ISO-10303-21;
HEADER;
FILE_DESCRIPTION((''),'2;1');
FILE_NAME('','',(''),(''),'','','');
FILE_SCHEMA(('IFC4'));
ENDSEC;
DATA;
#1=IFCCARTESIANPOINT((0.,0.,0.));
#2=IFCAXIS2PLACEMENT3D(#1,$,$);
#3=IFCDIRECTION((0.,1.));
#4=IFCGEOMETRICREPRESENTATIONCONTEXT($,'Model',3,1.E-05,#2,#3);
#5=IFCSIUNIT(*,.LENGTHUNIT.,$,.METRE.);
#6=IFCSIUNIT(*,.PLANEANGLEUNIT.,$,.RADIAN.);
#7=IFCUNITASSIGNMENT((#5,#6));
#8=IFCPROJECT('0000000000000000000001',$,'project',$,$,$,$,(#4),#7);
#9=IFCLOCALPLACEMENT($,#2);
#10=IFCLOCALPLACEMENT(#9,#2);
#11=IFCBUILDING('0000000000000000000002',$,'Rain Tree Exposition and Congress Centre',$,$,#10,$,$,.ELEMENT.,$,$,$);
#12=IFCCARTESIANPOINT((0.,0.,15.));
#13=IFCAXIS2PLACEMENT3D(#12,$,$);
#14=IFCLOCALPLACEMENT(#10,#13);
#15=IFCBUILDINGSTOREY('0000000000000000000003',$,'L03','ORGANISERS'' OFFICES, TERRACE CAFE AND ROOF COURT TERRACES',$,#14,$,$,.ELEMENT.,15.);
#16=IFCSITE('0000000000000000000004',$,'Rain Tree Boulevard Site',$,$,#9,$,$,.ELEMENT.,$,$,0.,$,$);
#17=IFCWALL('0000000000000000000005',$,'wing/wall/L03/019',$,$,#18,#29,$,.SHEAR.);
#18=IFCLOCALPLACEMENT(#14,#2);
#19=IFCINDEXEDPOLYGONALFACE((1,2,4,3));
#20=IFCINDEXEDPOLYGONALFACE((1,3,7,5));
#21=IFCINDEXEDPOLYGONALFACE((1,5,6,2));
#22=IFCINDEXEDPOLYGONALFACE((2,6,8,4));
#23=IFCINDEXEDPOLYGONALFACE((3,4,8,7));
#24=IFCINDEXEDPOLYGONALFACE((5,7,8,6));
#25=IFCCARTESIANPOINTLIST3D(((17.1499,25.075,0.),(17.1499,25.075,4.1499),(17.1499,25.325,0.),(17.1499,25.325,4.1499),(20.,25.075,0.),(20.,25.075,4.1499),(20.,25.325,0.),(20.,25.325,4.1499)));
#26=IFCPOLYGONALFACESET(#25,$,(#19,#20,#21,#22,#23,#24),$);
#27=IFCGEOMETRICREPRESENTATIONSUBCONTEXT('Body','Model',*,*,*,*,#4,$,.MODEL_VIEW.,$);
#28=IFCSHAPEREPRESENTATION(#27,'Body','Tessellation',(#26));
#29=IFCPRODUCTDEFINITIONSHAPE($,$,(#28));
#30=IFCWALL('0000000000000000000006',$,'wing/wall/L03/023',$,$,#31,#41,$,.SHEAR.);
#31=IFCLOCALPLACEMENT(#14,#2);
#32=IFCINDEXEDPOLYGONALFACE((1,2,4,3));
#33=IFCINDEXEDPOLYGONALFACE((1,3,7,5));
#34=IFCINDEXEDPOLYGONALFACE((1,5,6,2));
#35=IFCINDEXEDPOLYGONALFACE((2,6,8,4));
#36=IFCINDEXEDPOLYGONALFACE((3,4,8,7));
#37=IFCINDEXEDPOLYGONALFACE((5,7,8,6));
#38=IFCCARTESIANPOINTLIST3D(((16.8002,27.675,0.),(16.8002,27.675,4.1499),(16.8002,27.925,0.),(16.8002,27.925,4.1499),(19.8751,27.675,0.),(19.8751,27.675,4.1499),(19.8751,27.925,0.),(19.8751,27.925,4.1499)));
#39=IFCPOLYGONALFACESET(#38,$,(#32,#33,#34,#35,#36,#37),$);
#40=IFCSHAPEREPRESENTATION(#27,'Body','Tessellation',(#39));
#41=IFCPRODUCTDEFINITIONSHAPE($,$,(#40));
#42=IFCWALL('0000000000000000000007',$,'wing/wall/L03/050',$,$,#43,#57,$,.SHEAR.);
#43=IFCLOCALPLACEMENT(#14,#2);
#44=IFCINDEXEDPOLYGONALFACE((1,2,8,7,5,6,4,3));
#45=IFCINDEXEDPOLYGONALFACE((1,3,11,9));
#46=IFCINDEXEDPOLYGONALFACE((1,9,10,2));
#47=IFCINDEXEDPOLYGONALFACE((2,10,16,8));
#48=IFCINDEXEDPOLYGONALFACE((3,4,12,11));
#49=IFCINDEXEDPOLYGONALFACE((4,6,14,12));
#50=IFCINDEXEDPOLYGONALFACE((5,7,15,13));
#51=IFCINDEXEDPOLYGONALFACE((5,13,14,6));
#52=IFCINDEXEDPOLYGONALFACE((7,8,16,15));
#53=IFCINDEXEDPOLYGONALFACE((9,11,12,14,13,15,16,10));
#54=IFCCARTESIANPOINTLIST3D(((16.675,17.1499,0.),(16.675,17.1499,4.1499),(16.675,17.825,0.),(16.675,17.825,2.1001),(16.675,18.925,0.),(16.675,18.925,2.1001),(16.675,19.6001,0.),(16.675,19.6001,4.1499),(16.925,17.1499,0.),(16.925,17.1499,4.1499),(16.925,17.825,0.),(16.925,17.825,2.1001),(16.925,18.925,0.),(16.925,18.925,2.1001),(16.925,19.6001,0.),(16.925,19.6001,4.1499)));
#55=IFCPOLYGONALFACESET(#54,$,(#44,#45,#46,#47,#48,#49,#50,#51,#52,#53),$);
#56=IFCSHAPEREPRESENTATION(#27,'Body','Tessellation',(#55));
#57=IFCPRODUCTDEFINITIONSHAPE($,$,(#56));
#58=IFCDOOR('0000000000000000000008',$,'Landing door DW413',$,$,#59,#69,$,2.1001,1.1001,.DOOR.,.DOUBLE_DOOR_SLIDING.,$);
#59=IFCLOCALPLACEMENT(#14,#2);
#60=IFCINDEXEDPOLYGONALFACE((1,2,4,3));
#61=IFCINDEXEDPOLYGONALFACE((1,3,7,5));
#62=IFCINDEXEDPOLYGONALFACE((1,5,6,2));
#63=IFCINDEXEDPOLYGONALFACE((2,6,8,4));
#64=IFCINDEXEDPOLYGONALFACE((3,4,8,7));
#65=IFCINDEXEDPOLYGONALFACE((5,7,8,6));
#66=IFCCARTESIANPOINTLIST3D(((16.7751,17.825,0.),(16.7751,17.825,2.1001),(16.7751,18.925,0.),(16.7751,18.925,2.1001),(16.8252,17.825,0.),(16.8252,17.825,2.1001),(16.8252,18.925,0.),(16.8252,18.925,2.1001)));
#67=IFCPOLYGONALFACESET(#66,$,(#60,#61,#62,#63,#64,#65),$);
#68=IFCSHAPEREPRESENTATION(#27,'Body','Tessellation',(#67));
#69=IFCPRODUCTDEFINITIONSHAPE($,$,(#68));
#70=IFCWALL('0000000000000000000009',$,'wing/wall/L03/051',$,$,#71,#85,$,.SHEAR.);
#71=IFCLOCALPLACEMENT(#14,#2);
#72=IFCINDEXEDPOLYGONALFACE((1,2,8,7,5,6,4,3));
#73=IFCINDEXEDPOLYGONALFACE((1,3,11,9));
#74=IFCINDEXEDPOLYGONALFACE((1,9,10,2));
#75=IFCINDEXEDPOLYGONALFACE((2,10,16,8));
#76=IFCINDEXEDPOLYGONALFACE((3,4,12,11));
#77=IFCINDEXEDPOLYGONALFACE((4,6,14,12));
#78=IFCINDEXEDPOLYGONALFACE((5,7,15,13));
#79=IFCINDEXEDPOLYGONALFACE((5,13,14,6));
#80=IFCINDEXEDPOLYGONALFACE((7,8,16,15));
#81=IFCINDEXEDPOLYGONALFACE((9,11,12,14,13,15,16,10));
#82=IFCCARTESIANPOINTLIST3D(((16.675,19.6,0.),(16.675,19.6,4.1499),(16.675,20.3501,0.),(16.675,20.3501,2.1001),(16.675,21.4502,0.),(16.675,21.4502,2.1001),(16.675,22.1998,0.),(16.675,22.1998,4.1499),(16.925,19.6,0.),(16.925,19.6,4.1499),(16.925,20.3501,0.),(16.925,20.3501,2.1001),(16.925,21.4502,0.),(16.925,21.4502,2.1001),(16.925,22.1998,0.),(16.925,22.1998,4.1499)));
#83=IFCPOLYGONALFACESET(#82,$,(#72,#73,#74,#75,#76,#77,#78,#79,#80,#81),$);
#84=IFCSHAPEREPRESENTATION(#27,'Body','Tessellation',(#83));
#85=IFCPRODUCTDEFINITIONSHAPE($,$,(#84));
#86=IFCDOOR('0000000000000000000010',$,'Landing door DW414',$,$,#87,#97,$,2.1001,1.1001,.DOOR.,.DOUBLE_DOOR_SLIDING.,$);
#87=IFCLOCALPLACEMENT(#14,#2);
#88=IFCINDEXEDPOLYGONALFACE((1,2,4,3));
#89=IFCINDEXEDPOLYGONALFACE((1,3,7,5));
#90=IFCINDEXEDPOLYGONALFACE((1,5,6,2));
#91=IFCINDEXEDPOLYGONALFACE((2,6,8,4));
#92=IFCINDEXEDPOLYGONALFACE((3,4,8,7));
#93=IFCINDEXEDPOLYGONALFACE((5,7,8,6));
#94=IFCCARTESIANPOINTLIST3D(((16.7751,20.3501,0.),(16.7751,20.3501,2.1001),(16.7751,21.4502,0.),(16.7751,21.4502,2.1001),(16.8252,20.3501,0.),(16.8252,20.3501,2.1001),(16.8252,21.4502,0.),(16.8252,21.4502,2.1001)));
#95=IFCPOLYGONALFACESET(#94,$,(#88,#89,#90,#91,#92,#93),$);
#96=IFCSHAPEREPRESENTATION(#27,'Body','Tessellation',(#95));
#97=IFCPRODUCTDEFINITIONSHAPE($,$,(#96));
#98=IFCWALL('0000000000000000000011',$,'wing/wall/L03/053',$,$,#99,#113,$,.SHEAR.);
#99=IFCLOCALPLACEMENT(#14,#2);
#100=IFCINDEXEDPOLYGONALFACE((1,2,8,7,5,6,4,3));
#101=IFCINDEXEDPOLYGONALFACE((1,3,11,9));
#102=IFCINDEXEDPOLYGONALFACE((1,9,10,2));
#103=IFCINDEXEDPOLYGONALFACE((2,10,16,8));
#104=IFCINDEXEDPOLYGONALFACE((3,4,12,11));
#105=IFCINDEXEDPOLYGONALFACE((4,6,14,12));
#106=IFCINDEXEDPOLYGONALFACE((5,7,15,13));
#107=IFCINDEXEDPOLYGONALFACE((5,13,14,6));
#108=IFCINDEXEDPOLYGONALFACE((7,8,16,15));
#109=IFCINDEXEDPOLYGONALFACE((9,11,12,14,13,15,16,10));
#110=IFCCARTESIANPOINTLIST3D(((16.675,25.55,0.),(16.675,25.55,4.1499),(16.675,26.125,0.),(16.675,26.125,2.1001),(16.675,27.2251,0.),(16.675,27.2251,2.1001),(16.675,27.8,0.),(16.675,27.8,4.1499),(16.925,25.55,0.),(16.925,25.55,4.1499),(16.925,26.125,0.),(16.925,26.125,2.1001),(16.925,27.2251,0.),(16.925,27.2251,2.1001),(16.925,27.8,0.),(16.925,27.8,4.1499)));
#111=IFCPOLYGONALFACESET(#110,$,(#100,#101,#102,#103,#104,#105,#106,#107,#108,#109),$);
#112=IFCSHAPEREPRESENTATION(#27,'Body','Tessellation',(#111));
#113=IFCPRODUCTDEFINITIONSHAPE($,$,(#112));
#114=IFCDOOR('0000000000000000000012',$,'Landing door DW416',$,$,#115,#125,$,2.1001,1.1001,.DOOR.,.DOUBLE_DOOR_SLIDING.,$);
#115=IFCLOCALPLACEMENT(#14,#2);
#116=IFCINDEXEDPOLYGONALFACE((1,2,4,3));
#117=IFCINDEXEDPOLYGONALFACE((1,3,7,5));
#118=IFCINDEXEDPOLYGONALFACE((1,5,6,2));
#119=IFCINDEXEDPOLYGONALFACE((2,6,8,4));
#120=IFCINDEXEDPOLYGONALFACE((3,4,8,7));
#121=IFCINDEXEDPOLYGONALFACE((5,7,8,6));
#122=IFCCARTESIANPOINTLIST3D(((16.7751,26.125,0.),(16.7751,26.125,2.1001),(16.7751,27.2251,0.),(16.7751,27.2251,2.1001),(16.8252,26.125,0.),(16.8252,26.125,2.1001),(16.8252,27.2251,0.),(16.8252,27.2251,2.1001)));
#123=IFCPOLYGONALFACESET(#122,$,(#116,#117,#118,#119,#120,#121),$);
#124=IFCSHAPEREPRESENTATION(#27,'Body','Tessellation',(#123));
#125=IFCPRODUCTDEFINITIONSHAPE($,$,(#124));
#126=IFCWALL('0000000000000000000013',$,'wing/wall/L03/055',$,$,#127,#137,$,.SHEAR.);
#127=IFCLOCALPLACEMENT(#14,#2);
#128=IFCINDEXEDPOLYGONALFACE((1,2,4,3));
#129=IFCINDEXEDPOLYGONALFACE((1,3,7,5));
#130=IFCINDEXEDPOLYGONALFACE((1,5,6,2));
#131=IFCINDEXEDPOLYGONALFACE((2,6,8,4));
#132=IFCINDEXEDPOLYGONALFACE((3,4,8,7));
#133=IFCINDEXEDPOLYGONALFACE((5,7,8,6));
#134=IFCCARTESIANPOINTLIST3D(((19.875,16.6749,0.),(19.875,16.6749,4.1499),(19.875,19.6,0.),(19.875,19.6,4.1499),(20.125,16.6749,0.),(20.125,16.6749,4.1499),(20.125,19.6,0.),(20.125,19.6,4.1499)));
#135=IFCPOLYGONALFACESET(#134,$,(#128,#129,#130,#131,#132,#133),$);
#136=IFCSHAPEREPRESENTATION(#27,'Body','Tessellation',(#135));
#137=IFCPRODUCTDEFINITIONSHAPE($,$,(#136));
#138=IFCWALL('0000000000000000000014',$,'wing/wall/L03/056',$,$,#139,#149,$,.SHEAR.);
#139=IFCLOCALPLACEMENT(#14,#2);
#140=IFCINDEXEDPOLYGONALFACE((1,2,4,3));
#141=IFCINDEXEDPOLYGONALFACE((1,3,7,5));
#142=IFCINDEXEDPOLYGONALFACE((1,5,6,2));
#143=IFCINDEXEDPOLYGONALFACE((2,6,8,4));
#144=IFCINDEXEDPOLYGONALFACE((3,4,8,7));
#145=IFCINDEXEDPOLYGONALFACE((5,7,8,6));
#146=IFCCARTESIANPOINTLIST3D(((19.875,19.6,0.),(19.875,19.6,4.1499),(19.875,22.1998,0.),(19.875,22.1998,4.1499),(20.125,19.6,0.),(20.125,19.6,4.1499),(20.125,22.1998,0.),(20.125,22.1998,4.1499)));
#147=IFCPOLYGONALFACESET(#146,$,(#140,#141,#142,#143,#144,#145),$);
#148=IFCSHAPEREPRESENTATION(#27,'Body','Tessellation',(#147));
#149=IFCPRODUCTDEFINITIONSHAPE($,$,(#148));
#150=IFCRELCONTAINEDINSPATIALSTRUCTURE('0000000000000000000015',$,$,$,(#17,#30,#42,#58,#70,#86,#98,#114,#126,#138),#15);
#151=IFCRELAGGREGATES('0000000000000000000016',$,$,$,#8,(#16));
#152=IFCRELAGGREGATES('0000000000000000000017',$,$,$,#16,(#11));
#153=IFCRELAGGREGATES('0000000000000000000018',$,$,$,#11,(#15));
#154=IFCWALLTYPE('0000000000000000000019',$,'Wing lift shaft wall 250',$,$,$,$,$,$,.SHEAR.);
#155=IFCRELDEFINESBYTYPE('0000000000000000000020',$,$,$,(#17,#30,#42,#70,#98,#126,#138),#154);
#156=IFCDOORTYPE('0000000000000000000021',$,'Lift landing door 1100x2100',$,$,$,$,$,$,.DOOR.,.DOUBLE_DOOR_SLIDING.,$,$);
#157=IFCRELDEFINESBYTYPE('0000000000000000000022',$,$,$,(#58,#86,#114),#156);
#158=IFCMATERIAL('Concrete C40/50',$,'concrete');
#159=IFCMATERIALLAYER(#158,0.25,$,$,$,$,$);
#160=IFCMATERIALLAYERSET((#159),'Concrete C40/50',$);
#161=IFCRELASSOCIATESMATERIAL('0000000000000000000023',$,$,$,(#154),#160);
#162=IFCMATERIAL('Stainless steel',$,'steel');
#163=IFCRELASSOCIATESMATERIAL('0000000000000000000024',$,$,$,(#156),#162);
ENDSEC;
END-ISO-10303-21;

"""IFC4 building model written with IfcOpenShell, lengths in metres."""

from ifc_helpers import new_model, si_unit, direction, frame, frame_2d, origin, place, context, subcontext, project, spatial, rectangle, extrude, material, layer, layer_set, type_object, element, fill, save


model = new_model("IFC4")

# Units and contexts
model_context = context("Model", 3, precision=1e-05, world=origin(), true_north=direction((0.0, 1.0)))
body_context = subcontext(model_context, "Body", "Model", "MODEL_VIEW")
ifc_project = project(units=[si_unit("LENGTHUNIT", "METRE"), si_unit("PLANEANGLEUNIT", "RADIAN")], contexts=[model_context])

# Site, building, storey
site_placement = place(None, origin())
site = spatial("IfcSite", under=ifc_project, at=site_placement, Name="Rain Tree Boulevard Site", CompositionType="ELEMENT", RefElevation=0.0)
building_placement = place(site_placement, origin())
building = spatial("IfcBuilding", under=site, at=building_placement, Name="Rain Tree Exposition and Congress Centre", CompositionType="ELEMENT")
storey_placement = place(building_placement, frame((0.0, 0.0, 15.0)))
storey = spatial("IfcBuildingStorey", under=building, at=storey_placement, Name="L03", Description="ORGANISERS' OFFICES, TERRACE CAFE AND ROOF COURT TERRACES", CompositionType="ELEMENT", Elevation=15.0)

# Walls
ifc_material_1 = material(Name="Concrete C40/50", Category="concrete")
ifc_layer_1 = layer(ifc_material_1, 0.25)
ifc_layer_set_1 = layer_set([ifc_layer_1], Name="Concrete C40/50")
wall_type_1 = type_object("IfcWallType", Name="Wing lift shaft wall 250", PredefinedType="SHEAR", material=ifc_layer_set_1)
wall_1_placement = place(storey_placement, frame((17.1499, 25.2, 0.0), z_axis=(0.0, 0.0, 1.0), x_axis=(1.0, 0.0, 0.0)))
element("IfcWall", 1, at=wall_1_placement, inside=storey, type_object=wall_type_1, Name="wing/wall/L03/019", PredefinedType="SHEAR", context=body_context, shape_type="SweptSolid", body=[
    extrude(rectangle(XDim=2.8501, YDim=0.25, at=frame_2d((1.425, 0.0))), origin(), (0.0, 0.0, 1.0), 4.1499),
])
wall_2_placement = place(storey_placement, frame((16.8, 27.8, 0.0), z_axis=(0.0, 0.0, 1.0), x_axis=(1.0, 0.0, 0.0)))
element("IfcWall", 2, at=wall_2_placement, inside=storey, type_object=wall_type_1, Name="wing/wall/L03/023", PredefinedType="SHEAR", context=body_context, shape_type="SweptSolid", body=[
    extrude(rectangle(XDim=3.075, YDim=0.25, at=frame_2d((1.5376, 0.0))), origin(), (0.0, 0.0, 1.0), 4.1499),
])

# Walls, openings, doors
wall_3_placement = place(storey_placement, frame((16.8, 17.1499, 0.0), z_axis=(0.0, 0.0, 1.0), x_axis=(0.0, 1.0, 0.0)))
wall_3 = element("IfcWall", 3, at=wall_3_placement, inside=storey, type_object=wall_type_1, Name="wing/wall/L03/050", PredefinedType="SHEAR", context=body_context, shape_type="SweptSolid", body=[
    extrude(rectangle(XDim=2.4502, YDim=0.25, at=frame_2d((1.2251, 0.0))), origin(), (0.0, 0.0, 1.0), 4.1499),
])
opening_1_placement = place(wall_3_placement, frame((0.675, 0.0, 0.0)))
opening_1 = element("IfcOpeningElement", 4, at=opening_1_placement, cuts=wall_3, PredefinedType="OPENING", context=body_context, shape_type="SweptSolid", body=[
    extrude(rectangle(XDim=1.1001, YDim=2.1001, at=frame_2d((0.55, 1.05))), frame((0.0, 0.125, 0.0), z_axis=(0.0, -1.0, 0.0), x_axis=(1.0, 0.0, 0.0)), (0.0, 0.0, 1.0), 0.25),
])
ifc_material_2 = material(Name="Stainless steel", Category="steel")
door_type_1 = type_object("IfcDoorType", Name="Lift landing door 1100x2100", OperationType="DOUBLE_DOOR_SLIDING", PredefinedType="DOOR", material=ifc_material_2)
door_1_placement = place(opening_1_placement, origin())
door_1 = element("IfcDoor", 5, at=door_1_placement, inside=storey, type_object=door_type_1, Name="Landing door DW413", OperationType="DOUBLE_DOOR_SLIDING", OverallHeight=2.1001, OverallWidth=1.1001, PredefinedType="DOOR", context=body_context, shape_type="SweptSolid", body=[
    extrude(rectangle(XDim=1.1001, YDim=2.1001, at=frame_2d((0.55, 1.05))), frame((0.0, 0.0249, 0.0), z_axis=(0.0, -1.0, 0.0), x_axis=(1.0, 0.0, 0.0)), (0.0, 0.0, 1.0), 0.05),
])
fill(opening_1, door_1)
wall_4_placement = place(storey_placement, frame((16.8, 19.6001, 0.0), z_axis=(0.0, 0.0, 1.0), x_axis=(0.0, 1.0, 0.0)))
wall_4 = element("IfcWall", 6, at=wall_4_placement, inside=storey, type_object=wall_type_1, Name="wing/wall/L03/051", PredefinedType="SHEAR", context=body_context, shape_type="SweptSolid", body=[
    extrude(rectangle(XDim=2.5999, YDim=0.25, at=frame_2d((1.2998, 0.0))), origin(), (0.0, 0.0, 1.0), 4.1499),
])
opening_2_placement = place(wall_4_placement, frame((0.75, 0.0, 0.0)))
opening_2 = element("IfcOpeningElement", 7, at=opening_2_placement, cuts=wall_4, PredefinedType="OPENING", context=body_context, shape_type="SweptSolid", body=[
    extrude(rectangle(XDim=1.1001, YDim=2.1001, at=frame_2d((0.55, 1.05))), frame((0.0, 0.125, 0.0), z_axis=(0.0, -1.0, 0.0), x_axis=(1.0, 0.0, 0.0)), (0.0, 0.0, 1.0), 0.25),
])
door_2_placement = place(opening_2_placement, origin())
door_2 = element("IfcDoor", 8, at=door_2_placement, inside=storey, type_object=door_type_1, Name="Landing door DW414", OperationType="DOUBLE_DOOR_SLIDING", OverallHeight=2.1001, OverallWidth=1.1001, PredefinedType="DOOR", context=body_context, shape_type="SweptSolid", body=[
    extrude(rectangle(XDim=1.1001, YDim=2.1001, at=frame_2d((0.55, 1.05))), frame((0.0, 0.0249, 0.0), z_axis=(0.0, -1.0, 0.0), x_axis=(1.0, 0.0, 0.0)), (0.0, 0.0, 1.0), 0.05),
])
fill(opening_2, door_2)
wall_5_placement = place(storey_placement, frame((16.8, 25.55, 0.0), z_axis=(0.0, 0.0, 1.0), x_axis=(0.0, 1.0, 0.0)))
wall_5 = element("IfcWall", 9, at=wall_5_placement, inside=storey, type_object=wall_type_1, Name="wing/wall/L03/053", PredefinedType="SHEAR", context=body_context, shape_type="SweptSolid", body=[
    extrude(rectangle(XDim=2.25, YDim=0.25, at=frame_2d((1.125, 0.0))), origin(), (0.0, 0.0, 1.0), 4.1499),
])
opening_3_placement = place(wall_5_placement, frame((0.575, 0.0, 0.0)))
opening_3 = element("IfcOpeningElement", 10, at=opening_3_placement, cuts=wall_5, PredefinedType="OPENING", context=body_context, shape_type="SweptSolid", body=[
    extrude(rectangle(XDim=1.1001, YDim=2.1001, at=frame_2d((0.55, 1.05))), frame((0.0, 0.125, 0.0), z_axis=(0.0, -1.0, 0.0), x_axis=(1.0, 0.0, 0.0)), (0.0, 0.0, 1.0), 0.25),
])
door_3_placement = place(opening_3_placement, origin())
door_3 = element("IfcDoor", 11, at=door_3_placement, inside=storey, type_object=door_type_1, Name="Landing door DW416", OperationType="DOUBLE_DOOR_SLIDING", OverallHeight=2.1001, OverallWidth=1.1001, PredefinedType="DOOR", context=body_context, shape_type="SweptSolid", body=[
    extrude(rectangle(XDim=1.1001, YDim=2.1001, at=frame_2d((0.55, 1.05))), frame((0.0, 0.0249, 0.0), z_axis=(0.0, -1.0, 0.0), x_axis=(1.0, 0.0, 0.0)), (0.0, 0.0, 1.0), 0.05),
])
fill(opening_3, door_3)

# Walls
wall_6_placement = place(storey_placement, frame((20.0, 16.675, 0.0), z_axis=(0.0, 0.0, 1.0), x_axis=(0.0, 1.0, 0.0)))
element("IfcWall", 12, at=wall_6_placement, inside=storey, type_object=wall_type_1, Name="wing/wall/L03/055", PredefinedType="SHEAR", context=body_context, shape_type="SweptSolid", body=[
    extrude(rectangle(XDim=2.925, YDim=0.25, at=frame_2d((1.4624, 0.0))), origin(), (0.0, 0.0, 1.0), 4.1499),
])
wall_7_placement = place(storey_placement, frame((20.0, 19.6001, 0.0), z_axis=(0.0, 0.0, 1.0), x_axis=(0.0, 1.0, 0.0)))
element("IfcWall", 13, at=wall_7_placement, inside=storey, type_object=wall_type_1, Name="wing/wall/L03/056", PredefinedType="SHEAR", context=body_context, shape_type="SweptSolid", body=[
    extrude(rectangle(XDim=2.5999, YDim=0.25, at=frame_2d((1.2998, 0.0))), origin(), (0.0, 0.0, 1.0), 4.1499),
])

save(model, "model.ifc")
